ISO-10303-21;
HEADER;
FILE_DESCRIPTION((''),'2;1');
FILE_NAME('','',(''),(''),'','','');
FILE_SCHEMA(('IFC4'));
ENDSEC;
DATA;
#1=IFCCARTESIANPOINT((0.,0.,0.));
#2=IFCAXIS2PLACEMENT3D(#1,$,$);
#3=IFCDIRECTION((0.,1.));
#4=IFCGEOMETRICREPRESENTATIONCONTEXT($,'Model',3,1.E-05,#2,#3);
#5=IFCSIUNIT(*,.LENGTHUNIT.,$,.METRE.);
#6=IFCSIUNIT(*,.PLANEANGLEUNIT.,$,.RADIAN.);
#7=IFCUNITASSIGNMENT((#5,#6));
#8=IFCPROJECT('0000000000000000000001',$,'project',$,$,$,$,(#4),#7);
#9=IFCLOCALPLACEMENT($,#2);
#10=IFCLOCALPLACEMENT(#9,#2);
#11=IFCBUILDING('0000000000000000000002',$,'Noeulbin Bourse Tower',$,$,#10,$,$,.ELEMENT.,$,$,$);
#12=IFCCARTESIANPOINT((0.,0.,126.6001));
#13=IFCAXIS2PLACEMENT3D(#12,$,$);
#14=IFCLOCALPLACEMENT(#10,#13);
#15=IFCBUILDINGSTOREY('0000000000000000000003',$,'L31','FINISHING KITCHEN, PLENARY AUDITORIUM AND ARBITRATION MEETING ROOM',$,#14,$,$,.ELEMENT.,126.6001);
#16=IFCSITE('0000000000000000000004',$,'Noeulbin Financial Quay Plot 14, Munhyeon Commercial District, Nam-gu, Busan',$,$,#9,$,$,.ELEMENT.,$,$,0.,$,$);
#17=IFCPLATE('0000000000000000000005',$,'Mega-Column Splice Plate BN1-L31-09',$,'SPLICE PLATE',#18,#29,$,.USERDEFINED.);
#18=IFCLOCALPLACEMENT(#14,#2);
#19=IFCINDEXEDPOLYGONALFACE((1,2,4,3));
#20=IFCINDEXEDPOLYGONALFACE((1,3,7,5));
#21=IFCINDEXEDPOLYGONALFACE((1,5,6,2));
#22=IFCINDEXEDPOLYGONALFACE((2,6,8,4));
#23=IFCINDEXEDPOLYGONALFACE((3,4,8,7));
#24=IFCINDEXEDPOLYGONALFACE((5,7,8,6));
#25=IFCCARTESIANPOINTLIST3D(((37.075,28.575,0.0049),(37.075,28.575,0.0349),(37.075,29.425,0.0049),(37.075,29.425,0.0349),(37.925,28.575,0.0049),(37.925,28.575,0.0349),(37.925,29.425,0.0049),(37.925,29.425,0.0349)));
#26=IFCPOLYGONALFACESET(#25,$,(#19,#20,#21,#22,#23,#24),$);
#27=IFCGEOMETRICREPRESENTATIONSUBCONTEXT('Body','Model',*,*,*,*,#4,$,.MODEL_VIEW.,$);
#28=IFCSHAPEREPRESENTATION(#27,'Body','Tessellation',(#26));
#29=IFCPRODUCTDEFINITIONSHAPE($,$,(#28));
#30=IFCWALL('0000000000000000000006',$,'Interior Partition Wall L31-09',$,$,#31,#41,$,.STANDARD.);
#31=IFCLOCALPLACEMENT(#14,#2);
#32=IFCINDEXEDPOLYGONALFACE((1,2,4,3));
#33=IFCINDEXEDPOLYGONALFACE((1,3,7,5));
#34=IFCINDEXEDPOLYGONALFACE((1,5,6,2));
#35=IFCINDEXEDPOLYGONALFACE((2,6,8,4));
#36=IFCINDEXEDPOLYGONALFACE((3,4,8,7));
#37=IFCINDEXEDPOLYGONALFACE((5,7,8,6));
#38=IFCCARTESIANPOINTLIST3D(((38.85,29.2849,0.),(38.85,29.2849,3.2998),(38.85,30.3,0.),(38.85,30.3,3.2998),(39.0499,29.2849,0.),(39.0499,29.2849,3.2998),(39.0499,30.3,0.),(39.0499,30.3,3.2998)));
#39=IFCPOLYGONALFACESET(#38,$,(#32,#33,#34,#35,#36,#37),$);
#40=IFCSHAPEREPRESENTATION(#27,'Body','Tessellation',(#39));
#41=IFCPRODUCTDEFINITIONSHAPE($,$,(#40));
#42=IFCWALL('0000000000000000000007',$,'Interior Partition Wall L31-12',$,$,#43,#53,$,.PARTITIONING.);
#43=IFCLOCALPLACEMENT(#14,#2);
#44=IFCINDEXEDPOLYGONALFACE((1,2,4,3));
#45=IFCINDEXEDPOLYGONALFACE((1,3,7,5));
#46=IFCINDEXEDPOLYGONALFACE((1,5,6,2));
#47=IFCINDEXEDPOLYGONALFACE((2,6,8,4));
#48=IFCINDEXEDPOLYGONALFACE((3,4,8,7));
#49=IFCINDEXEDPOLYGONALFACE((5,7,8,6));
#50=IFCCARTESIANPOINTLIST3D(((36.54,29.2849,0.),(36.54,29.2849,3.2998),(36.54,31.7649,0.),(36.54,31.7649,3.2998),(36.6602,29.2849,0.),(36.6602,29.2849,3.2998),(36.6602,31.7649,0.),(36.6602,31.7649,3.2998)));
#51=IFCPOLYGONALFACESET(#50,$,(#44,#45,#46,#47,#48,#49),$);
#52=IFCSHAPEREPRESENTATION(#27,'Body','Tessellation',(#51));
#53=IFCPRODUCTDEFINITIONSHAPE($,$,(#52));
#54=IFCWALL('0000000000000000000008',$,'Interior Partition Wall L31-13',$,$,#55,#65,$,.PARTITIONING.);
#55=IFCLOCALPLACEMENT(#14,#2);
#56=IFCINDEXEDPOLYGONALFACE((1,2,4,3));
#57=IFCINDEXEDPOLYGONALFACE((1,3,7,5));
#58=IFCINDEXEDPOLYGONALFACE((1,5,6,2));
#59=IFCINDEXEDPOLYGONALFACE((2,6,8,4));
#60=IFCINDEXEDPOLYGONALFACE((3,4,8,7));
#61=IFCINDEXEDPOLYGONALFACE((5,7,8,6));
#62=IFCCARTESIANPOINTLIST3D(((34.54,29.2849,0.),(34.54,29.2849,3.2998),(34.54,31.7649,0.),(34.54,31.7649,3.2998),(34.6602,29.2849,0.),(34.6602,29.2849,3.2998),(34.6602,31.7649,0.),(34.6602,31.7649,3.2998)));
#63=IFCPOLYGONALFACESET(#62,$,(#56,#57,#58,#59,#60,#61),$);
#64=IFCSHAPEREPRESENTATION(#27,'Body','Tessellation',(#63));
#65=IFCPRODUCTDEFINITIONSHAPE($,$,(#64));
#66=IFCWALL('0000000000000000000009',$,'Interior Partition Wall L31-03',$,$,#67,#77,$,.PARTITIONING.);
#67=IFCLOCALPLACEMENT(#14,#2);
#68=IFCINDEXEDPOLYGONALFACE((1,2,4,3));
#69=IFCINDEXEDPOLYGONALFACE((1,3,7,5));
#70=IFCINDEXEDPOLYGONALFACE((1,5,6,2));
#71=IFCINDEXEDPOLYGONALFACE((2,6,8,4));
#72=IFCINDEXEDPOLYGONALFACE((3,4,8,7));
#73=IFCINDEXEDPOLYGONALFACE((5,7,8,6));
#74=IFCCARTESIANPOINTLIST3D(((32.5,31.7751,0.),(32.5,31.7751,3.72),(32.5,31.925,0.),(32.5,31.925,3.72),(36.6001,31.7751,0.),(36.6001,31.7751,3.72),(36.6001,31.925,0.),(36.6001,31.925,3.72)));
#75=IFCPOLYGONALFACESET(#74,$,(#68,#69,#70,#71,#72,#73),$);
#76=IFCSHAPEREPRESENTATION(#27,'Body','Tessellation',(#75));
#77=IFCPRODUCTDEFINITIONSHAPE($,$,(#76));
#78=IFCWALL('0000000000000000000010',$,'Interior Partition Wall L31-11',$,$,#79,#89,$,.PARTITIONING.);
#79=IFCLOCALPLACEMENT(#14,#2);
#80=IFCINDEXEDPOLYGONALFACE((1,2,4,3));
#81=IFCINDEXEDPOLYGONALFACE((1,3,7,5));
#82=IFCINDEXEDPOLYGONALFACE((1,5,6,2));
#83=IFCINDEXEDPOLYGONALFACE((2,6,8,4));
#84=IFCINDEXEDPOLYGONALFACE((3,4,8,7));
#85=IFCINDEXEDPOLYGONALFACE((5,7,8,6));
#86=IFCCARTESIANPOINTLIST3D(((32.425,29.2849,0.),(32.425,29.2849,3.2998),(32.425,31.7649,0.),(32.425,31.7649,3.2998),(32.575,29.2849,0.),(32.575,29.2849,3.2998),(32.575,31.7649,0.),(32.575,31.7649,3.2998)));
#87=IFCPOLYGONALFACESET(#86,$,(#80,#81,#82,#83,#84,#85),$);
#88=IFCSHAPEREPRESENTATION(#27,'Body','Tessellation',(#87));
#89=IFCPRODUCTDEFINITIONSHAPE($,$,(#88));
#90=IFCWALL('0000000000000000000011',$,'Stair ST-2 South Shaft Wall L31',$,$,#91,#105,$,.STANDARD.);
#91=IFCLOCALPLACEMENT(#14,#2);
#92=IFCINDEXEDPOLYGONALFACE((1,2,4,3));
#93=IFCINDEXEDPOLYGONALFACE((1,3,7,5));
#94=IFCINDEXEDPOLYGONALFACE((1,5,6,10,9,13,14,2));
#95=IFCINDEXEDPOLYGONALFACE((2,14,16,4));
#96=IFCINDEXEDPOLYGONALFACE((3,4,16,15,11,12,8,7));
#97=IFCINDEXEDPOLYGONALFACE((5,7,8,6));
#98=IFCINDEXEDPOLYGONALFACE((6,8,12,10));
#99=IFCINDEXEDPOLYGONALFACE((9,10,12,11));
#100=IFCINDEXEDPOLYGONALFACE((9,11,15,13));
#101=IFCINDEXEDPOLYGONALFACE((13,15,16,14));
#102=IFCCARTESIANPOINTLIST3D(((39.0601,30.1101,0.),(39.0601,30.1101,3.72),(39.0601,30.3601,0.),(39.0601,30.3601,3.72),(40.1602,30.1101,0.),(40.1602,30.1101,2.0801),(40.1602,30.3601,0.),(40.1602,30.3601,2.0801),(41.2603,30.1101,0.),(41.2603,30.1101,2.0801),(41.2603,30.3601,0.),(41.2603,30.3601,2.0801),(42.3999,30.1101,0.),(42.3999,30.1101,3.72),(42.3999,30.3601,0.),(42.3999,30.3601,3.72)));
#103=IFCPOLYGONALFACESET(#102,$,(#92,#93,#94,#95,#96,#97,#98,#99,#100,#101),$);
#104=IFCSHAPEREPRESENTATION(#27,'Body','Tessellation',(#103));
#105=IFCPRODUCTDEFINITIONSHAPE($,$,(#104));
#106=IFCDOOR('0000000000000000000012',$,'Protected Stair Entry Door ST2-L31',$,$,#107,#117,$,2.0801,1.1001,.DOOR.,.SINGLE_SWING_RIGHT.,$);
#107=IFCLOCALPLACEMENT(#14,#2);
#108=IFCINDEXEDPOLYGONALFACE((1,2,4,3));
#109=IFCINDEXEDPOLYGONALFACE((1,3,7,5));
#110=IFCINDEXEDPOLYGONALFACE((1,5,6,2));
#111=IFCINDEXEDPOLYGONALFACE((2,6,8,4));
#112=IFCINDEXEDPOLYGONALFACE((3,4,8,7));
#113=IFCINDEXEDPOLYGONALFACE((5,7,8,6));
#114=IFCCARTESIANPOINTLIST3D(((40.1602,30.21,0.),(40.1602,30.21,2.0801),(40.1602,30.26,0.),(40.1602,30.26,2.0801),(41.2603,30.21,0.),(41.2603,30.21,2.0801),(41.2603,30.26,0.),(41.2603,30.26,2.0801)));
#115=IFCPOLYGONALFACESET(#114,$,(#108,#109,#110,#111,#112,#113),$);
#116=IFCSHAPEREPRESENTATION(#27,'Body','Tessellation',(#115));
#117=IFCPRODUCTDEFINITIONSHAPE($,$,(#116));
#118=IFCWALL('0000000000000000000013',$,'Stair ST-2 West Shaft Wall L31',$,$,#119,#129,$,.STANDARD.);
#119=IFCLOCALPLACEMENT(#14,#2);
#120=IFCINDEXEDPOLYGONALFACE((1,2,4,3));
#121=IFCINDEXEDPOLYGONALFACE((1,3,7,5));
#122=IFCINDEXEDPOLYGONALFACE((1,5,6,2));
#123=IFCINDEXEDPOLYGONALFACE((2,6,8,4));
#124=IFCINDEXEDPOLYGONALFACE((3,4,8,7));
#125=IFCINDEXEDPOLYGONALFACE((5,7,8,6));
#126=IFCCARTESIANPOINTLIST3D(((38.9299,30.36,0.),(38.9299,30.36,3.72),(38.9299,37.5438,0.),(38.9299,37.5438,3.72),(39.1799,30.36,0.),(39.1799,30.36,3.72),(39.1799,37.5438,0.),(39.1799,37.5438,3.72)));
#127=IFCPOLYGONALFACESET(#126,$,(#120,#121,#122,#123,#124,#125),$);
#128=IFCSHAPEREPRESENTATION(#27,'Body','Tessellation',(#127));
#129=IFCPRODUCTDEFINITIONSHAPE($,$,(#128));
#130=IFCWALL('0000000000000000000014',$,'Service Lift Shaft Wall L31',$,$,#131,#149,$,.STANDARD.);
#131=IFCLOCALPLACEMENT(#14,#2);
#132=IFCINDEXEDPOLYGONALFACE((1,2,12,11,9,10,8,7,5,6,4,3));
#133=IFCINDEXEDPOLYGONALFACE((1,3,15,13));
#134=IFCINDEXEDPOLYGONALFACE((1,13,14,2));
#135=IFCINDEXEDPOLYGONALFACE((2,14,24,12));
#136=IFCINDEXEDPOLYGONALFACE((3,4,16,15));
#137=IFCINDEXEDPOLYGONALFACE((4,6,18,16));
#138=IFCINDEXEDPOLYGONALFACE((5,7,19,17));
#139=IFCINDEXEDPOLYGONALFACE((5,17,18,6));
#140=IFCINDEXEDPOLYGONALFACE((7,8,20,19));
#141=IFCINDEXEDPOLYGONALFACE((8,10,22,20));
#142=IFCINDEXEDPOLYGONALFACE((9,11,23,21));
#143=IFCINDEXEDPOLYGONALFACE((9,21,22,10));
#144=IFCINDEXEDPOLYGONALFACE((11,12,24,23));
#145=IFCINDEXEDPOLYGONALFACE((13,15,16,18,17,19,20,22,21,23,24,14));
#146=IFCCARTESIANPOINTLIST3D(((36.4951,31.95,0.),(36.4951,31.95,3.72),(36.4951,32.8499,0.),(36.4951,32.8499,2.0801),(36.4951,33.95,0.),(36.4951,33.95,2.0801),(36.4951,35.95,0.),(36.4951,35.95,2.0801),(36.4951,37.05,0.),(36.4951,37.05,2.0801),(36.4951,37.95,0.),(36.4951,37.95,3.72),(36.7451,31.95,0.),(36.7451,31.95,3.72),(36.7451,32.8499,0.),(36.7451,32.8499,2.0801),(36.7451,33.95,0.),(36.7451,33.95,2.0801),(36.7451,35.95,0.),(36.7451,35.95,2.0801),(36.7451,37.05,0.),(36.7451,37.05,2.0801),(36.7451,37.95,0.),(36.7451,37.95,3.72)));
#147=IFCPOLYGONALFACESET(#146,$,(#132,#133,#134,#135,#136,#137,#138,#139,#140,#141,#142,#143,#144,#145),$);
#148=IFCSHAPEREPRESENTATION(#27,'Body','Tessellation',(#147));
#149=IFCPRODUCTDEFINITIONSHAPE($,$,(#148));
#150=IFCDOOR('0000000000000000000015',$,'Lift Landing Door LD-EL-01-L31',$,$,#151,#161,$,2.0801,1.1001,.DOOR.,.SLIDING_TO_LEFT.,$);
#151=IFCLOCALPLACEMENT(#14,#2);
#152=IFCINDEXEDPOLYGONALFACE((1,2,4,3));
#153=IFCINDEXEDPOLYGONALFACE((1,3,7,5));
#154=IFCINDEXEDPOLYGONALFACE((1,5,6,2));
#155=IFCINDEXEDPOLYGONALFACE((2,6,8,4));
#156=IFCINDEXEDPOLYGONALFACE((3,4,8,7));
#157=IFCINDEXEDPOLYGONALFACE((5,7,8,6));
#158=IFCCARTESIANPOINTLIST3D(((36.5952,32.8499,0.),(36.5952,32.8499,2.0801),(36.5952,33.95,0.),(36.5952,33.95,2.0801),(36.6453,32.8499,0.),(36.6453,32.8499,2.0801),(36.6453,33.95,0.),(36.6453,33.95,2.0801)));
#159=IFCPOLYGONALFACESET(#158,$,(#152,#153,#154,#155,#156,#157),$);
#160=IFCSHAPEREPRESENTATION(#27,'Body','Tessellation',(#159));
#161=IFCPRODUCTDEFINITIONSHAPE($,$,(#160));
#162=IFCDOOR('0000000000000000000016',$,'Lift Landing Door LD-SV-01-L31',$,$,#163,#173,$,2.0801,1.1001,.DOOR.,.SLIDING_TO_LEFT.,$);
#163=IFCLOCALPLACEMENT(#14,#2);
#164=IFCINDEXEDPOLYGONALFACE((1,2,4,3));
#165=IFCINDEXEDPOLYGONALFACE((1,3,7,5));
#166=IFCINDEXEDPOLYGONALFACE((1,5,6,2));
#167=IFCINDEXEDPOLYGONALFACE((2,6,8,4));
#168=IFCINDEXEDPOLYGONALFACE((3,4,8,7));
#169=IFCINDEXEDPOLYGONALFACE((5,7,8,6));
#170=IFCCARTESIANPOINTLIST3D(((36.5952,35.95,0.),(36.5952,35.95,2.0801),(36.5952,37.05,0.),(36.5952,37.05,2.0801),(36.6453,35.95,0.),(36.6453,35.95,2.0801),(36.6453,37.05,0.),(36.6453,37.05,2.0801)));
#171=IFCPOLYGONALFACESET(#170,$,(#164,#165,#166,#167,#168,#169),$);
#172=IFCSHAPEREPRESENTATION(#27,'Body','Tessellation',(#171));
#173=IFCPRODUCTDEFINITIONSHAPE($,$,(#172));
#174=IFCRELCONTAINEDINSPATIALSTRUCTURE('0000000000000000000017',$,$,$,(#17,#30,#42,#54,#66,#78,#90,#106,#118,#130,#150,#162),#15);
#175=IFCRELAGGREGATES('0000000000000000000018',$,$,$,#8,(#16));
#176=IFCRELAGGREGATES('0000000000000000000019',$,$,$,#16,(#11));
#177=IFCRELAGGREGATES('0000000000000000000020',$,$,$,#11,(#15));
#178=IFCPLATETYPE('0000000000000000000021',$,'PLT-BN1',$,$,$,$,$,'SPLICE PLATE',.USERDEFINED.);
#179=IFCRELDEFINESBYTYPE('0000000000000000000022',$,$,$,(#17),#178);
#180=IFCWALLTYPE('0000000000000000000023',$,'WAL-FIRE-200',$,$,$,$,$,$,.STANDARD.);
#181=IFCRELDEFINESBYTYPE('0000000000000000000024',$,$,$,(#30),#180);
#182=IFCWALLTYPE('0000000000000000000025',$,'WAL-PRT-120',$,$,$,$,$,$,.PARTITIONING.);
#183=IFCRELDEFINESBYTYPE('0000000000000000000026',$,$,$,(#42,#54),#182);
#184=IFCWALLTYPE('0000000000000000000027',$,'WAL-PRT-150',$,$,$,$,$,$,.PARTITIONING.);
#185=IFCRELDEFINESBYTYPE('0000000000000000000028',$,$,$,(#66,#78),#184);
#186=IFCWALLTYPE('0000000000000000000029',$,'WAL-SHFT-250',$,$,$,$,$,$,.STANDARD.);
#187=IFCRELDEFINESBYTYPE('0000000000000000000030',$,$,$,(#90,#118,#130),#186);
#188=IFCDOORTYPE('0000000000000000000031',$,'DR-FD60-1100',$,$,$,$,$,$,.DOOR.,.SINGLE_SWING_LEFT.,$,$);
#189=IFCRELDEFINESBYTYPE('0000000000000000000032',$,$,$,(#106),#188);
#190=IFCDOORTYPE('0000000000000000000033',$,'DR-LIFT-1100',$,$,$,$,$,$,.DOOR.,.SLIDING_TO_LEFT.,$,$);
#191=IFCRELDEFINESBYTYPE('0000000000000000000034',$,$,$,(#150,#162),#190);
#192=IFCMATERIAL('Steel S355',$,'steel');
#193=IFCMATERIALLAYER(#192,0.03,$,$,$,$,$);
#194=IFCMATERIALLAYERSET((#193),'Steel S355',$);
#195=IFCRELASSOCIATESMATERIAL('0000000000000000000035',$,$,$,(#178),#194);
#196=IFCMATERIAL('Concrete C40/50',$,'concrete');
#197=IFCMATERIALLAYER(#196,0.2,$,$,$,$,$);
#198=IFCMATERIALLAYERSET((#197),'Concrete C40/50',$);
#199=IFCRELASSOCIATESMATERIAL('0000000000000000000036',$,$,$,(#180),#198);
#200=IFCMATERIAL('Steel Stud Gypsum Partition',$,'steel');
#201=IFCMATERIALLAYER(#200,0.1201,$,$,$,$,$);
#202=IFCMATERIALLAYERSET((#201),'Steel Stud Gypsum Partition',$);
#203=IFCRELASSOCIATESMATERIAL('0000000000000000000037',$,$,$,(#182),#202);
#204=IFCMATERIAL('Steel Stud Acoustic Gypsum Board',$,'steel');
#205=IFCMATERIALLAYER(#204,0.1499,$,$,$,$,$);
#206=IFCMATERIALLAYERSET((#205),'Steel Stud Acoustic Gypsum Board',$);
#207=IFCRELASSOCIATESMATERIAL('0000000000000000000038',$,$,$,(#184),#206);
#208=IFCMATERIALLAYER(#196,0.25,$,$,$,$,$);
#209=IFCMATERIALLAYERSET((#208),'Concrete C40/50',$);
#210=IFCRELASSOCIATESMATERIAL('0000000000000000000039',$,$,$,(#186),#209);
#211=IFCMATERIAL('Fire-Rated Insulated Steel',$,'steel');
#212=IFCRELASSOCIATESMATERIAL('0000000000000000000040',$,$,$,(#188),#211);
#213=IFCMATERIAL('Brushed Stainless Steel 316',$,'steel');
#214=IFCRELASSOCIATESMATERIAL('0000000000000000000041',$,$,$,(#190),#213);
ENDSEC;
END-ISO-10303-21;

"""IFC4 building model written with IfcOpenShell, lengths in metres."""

from ifc_helpers import new_model, si_unit, direction, frame, frame_2d, origin, origin_2d, place, context, subcontext, project, spatial, rectangle, extrude, material, layer, layer_set, type_object, element, fill, save


model = new_model("IFC4")

# Units and contexts
model_context = context("Model", 3, precision=1e-05, world=origin(), true_north=direction((0.0, 1.0)))
body_context = subcontext(model_context, "Body", "Model", "MODEL_VIEW")
ifc_project = project(units=[si_unit("LENGTHUNIT", "METRE"), si_unit("PLANEANGLEUNIT", "RADIAN")], contexts=[model_context])

# Site, building, storey
site_placement = place(None, origin())
site = spatial("IfcSite", under=ifc_project, at=site_placement, Name="Noeulbin Financial Quay Plot 14, Munhyeon Commercial District, Nam-gu, Busan", CompositionType="ELEMENT", RefElevation=0.0)
building_placement = place(site_placement, origin())
building = spatial("IfcBuilding", under=site, at=building_placement, Name="Noeulbin Bourse Tower", CompositionType="ELEMENT")
storey_placement = place(building_placement, frame((0.0, 0.0, 126.6001)))
storey = spatial("IfcBuildingStorey", under=building, at=storey_placement, Name="L31", Description="FINISHING KITCHEN, PLENARY AUDITORIUM AND ARBITRATION MEETING ROOM", CompositionType="ELEMENT", Elevation=126.6001)

# Shared definitions
ifc_material_1 = material(Name="Steel S355", Category="steel")

# Plate
ifc_layer_1 = layer(ifc_material_1, 0.03)
ifc_layer_set_1 = layer_set([ifc_layer_1], Name="Steel S355")
plate_type = type_object("IfcPlateType", Name="PLT-BN1", ElementType="SPLICE PLATE", PredefinedType="USERDEFINED", material=ifc_layer_set_1)
for number, where, z_axis, x_axis, name in (
    (1, (37.5, 29.0, 0.0049), (0.0, 0.0, 1.0), (1.0, 0.0, 0.0), "Mega-Column Splice Plate BN1-L31-09"),
):
    element("IfcPlate", number, at=place(storey_placement, frame(where, z_axis=z_axis, x_axis=x_axis)), inside=storey, type_object=plate_type, Name=name, ObjectType="SPLICE PLATE", PredefinedType="USERDEFINED", context=body_context, shape_type="SweptSolid", body=[
        extrude(rectangle(XDim=0.8501, YDim=0.8501, at=origin_2d()), origin(), (0.0, 0.0, 1.0), 0.03),
    ])

# Walls
ifc_material_2 = material(Name="Concrete C40/50", Category="concrete")
ifc_layer_2 = layer(ifc_material_2, 0.2)
ifc_layer_set_2 = layer_set([ifc_layer_2], Name="Concrete C40/50")
wall_type_1 = type_object("IfcWallType", Name="WAL-FIRE-200", PredefinedType="STANDARD", material=ifc_layer_set_2)
wall_1_placement = place(storey_placement, frame((38.95, 29.2849, 0.0), z_axis=(0.0, 0.0, 1.0), x_axis=(0.0, 1.0, 0.0)))
element("IfcWall", 2, at=wall_1_placement, inside=storey, type_object=wall_type_1, Name="Interior Partition Wall L31-09", PredefinedType="STANDARD", context=body_context, shape_type="SweptSolid", body=[
    extrude(rectangle(XDim=1.0151, YDim=0.2, at=frame_2d((0.5076, 0.0))), origin(), (0.0, 0.0, 1.0), 3.2998),
])
ifc_material_3 = material(Name="Steel Stud Gypsum Partition", Category="steel")
ifc_layer_3 = layer(ifc_material_3, 0.1201)
ifc_layer_set_3 = layer_set([ifc_layer_3], Name="Steel Stud Gypsum Partition")
wall_type_2 = type_object("IfcWallType", Name="WAL-PRT-120", PredefinedType="PARTITIONING", material=ifc_layer_set_3)
for number, where, z_axis, x_axis, name in (
    (3, (36.6001, 29.2849, 0.0), (0.0, 0.0, 1.0), (0.0, 1.0, 0.0), "Interior Partition Wall L31-12"),
    (4, (34.6001, 29.2849, 0.0), (0.0, 0.0, 1.0), (0.0, 1.0, 0.0), "Interior Partition Wall L31-13"),
):
    element("IfcWall", number, at=place(storey_placement, frame(where, z_axis=z_axis, x_axis=x_axis)), inside=storey, type_object=wall_type_2, Name=name, PredefinedType="PARTITIONING", context=body_context, shape_type="SweptSolid", body=[
        extrude(rectangle(XDim=2.48, YDim=0.1201, at=frame_2d((1.24, 0.0))), origin(), (0.0, 0.0, 1.0), 3.2998),
    ])
ifc_material_4 = material(Name="Steel Stud Acoustic Gypsum Board", Category="steel")
ifc_layer_4 = layer(ifc_material_4, 0.1499)
ifc_layer_set_4 = layer_set([ifc_layer_4], Name="Steel Stud Acoustic Gypsum Board")
wall_type_3 = type_object("IfcWallType", Name="WAL-PRT-150", PredefinedType="PARTITIONING", material=ifc_layer_set_4)
wall_2_placement = place(storey_placement, frame((32.5, 31.8501, 0.0), z_axis=(0.0, 0.0, 1.0), x_axis=(1.0, 0.0, 0.0)))
element("IfcWall", 5, at=wall_2_placement, inside=storey, type_object=wall_type_3, Name="Interior Partition Wall L31-03", PredefinedType="PARTITIONING", context=body_context, shape_type="SweptSolid", body=[
    extrude(rectangle(XDim=4.1001, YDim=0.1499, at=frame_2d((2.05, 0.0))), origin(), (0.0, 0.0, 1.0), 3.72),
])
wall_3_placement = place(storey_placement, frame((32.5, 29.2849, 0.0), z_axis=(0.0, 0.0, 1.0), x_axis=(0.0, 1.0, 0.0)))
element("IfcWall", 6, at=wall_3_placement, inside=storey, type_object=wall_type_3, Name="Interior Partition Wall L31-11", PredefinedType="PARTITIONING", context=body_context, shape_type="SweptSolid", body=[
    extrude(rectangle(XDim=2.48, YDim=0.1499, at=frame_2d((1.24, 0.0))), origin(), (0.0, 0.0, 1.0), 3.2998),
])

# Wall, opening, door
ifc_layer_5 = layer(ifc_material_2, 0.25)
ifc_layer_set_5 = layer_set([ifc_layer_5], Name="Concrete C40/50")
wall_type_4 = type_object("IfcWallType", Name="WAL-SHFT-250", PredefinedType="STANDARD", material=ifc_layer_set_5)
wall_4_placement = place(storey_placement, frame((39.0601, 30.2351, 0.0), z_axis=(0.0, 0.0, 1.0), x_axis=(1.0, 0.0, 0.0)))
wall_4 = element("IfcWall", 7, at=wall_4_placement, inside=storey, type_object=wall_type_4, Name="Stair ST-2 South Shaft Wall L31", PredefinedType="STANDARD", context=body_context, shape_type="SweptSolid", body=[
    extrude(rectangle(XDim=3.3398, YDim=0.25, at=frame_2d((1.6699, 0.0))), origin(), (0.0, 0.0, 1.0), 3.72),
])
opening_1_placement = place(wall_4_placement, frame((1.1001, 0.0, 0.0)))
opening_1 = element("IfcOpeningElement", 8, at=opening_1_placement, cuts=wall_4, PredefinedType="OPENING", context=body_context, shape_type="SweptSolid", body=[
    extrude(rectangle(XDim=1.1001, YDim=2.0801, at=frame_2d((0.55, 1.04))), frame((0.0, 0.135, 0.0), z_axis=(0.0, -1.0, 0.0), x_axis=(1.0, 0.0, 0.0)), (0.0, 0.0, 1.0), 0.27),
])
ifc_material_5 = material(Name="Fire-Rated Insulated Steel", Category="steel")
door_type_1 = type_object("IfcDoorType", Name="DR-FD60-1100", OperationType="SINGLE_SWING_LEFT", PredefinedType="DOOR", material=ifc_material_5)
door_1_placement = place(opening_1_placement, origin())
door_1 = element("IfcDoor", 9, at=door_1_placement, inside=storey, type_object=door_type_1, Name="Protected Stair Entry Door ST2-L31", OperationType="SINGLE_SWING_RIGHT", OverallHeight=2.0801, OverallWidth=1.1001, PredefinedType="DOOR", context=body_context, shape_type="SweptSolid", body=[
    extrude(rectangle(XDim=1.1001, YDim=2.0801, at=frame_2d((0.55, 1.04))), frame((0.0, 0.0249, 0.0), z_axis=(0.0, -1.0, 0.0), x_axis=(1.0, 0.0, 0.0)), (0.0, 0.0, 1.0), 0.05),
])
fill(opening_1, door_1)

# Wall
wall_5_placement = place(storey_placement, frame((39.0549, 30.3601, 0.0), z_axis=(0.0, 0.0, 1.0), x_axis=(0.0, 1.0, 0.0)))
element("IfcWall", 10, at=wall_5_placement, inside=storey, type_object=wall_type_4, Name="Stair ST-2 West Shaft Wall L31", PredefinedType="STANDARD", context=body_context, shape_type="SweptSolid", body=[
    extrude(rectangle(XDim=7.1838, YDim=0.25, at=frame_2d((3.5918, 0.0))), origin(), (0.0, 0.0, 1.0), 3.72),
])

# Wall, openings, doors
wall_6_placement = place(storey_placement, frame((36.6201, 31.95, 0.0), z_axis=(0.0, 0.0, 1.0), x_axis=(0.0, 1.0, 0.0)))
wall_6 = element("IfcWall", 11, at=wall_6_placement, inside=storey, type_object=wall_type_4, Name="Service Lift Shaft Wall L31", PredefinedType="STANDARD", context=body_context, shape_type="SweptSolid", body=[
    extrude(rectangle(XDim=6.0, YDim=0.25, at=frame_2d((3.0, 0.0))), origin(), (0.0, 0.0, 1.0), 3.72),
])
opening_2_placement = place(wall_6_placement, frame((0.8999, 0.0, 0.0)))
opening_2 = element("IfcOpeningElement", 12, at=opening_2_placement, cuts=wall_6, PredefinedType="OPENING", context=body_context, shape_type="SweptSolid", body=[
    extrude(rectangle(XDim=1.1001, YDim=2.0801, at=frame_2d((0.55, 1.04))), frame((0.0, 0.135, 0.0), z_axis=(0.0, -1.0, 0.0), x_axis=(1.0, 0.0, 0.0)), (0.0, 0.0, 1.0), 0.27),
])
opening_3_placement = place(wall_6_placement, frame((4.0, 0.0, 0.0)))
opening_3 = element("IfcOpeningElement", 13, at=opening_3_placement, cuts=wall_6, PredefinedType="OPENING", context=body_context, shape_type="SweptSolid", body=[
    extrude(rectangle(XDim=1.1001, YDim=2.0801, at=frame_2d((0.55, 1.04))), frame((0.0, 0.135, 0.0), z_axis=(0.0, -1.0, 0.0), x_axis=(1.0, 0.0, 0.0)), (0.0, 0.0, 1.0), 0.27),
])
ifc_material_6 = material(Name="Brushed Stainless Steel 316", Category="steel")
door_type_2 = type_object("IfcDoorType", Name="DR-LIFT-1100", OperationType="SLIDING_TO_LEFT", PredefinedType="DOOR", material=ifc_material_6)
door_2_placement = place(opening_2_placement, origin())
door_2 = element("IfcDoor", 14, at=door_2_placement, inside=storey, type_object=door_type_2, Name="Lift Landing Door LD-EL-01-L31", OperationType="SLIDING_TO_LEFT", OverallHeight=2.0801, OverallWidth=1.1001, PredefinedType="DOOR", context=body_context, shape_type="SweptSolid", body=[
    extrude(rectangle(XDim=1.1001, YDim=2.0801, at=frame_2d((0.55, 1.04))), frame((0.0, 0.0249, 0.0), z_axis=(0.0, -1.0, 0.0), x_axis=(1.0, 0.0, 0.0)), (0.0, 0.0, 1.0), 0.05),
])
fill(opening_2, door_2)
door_3_placement = place(opening_3_placement, origin())
door_3 = element("IfcDoor", 15, at=door_3_placement, inside=storey, type_object=door_type_2, Name="Lift Landing Door LD-SV-01-L31", OperationType="SLIDING_TO_LEFT", OverallHeight=2.0801, OverallWidth=1.1001, PredefinedType="DOOR", context=body_context, shape_type="SweptSolid", body=[
    extrude(rectangle(XDim=1.1001, YDim=2.0801, at=frame_2d((0.55, 1.04))), frame((0.0, 0.0249, 0.0), z_axis=(0.0, -1.0, 0.0), x_axis=(1.0, 0.0, 0.0)), (0.0, 0.0, 1.0), 0.05),
])
fill(opening_3, door_3)

save(model, "model.ifc")
